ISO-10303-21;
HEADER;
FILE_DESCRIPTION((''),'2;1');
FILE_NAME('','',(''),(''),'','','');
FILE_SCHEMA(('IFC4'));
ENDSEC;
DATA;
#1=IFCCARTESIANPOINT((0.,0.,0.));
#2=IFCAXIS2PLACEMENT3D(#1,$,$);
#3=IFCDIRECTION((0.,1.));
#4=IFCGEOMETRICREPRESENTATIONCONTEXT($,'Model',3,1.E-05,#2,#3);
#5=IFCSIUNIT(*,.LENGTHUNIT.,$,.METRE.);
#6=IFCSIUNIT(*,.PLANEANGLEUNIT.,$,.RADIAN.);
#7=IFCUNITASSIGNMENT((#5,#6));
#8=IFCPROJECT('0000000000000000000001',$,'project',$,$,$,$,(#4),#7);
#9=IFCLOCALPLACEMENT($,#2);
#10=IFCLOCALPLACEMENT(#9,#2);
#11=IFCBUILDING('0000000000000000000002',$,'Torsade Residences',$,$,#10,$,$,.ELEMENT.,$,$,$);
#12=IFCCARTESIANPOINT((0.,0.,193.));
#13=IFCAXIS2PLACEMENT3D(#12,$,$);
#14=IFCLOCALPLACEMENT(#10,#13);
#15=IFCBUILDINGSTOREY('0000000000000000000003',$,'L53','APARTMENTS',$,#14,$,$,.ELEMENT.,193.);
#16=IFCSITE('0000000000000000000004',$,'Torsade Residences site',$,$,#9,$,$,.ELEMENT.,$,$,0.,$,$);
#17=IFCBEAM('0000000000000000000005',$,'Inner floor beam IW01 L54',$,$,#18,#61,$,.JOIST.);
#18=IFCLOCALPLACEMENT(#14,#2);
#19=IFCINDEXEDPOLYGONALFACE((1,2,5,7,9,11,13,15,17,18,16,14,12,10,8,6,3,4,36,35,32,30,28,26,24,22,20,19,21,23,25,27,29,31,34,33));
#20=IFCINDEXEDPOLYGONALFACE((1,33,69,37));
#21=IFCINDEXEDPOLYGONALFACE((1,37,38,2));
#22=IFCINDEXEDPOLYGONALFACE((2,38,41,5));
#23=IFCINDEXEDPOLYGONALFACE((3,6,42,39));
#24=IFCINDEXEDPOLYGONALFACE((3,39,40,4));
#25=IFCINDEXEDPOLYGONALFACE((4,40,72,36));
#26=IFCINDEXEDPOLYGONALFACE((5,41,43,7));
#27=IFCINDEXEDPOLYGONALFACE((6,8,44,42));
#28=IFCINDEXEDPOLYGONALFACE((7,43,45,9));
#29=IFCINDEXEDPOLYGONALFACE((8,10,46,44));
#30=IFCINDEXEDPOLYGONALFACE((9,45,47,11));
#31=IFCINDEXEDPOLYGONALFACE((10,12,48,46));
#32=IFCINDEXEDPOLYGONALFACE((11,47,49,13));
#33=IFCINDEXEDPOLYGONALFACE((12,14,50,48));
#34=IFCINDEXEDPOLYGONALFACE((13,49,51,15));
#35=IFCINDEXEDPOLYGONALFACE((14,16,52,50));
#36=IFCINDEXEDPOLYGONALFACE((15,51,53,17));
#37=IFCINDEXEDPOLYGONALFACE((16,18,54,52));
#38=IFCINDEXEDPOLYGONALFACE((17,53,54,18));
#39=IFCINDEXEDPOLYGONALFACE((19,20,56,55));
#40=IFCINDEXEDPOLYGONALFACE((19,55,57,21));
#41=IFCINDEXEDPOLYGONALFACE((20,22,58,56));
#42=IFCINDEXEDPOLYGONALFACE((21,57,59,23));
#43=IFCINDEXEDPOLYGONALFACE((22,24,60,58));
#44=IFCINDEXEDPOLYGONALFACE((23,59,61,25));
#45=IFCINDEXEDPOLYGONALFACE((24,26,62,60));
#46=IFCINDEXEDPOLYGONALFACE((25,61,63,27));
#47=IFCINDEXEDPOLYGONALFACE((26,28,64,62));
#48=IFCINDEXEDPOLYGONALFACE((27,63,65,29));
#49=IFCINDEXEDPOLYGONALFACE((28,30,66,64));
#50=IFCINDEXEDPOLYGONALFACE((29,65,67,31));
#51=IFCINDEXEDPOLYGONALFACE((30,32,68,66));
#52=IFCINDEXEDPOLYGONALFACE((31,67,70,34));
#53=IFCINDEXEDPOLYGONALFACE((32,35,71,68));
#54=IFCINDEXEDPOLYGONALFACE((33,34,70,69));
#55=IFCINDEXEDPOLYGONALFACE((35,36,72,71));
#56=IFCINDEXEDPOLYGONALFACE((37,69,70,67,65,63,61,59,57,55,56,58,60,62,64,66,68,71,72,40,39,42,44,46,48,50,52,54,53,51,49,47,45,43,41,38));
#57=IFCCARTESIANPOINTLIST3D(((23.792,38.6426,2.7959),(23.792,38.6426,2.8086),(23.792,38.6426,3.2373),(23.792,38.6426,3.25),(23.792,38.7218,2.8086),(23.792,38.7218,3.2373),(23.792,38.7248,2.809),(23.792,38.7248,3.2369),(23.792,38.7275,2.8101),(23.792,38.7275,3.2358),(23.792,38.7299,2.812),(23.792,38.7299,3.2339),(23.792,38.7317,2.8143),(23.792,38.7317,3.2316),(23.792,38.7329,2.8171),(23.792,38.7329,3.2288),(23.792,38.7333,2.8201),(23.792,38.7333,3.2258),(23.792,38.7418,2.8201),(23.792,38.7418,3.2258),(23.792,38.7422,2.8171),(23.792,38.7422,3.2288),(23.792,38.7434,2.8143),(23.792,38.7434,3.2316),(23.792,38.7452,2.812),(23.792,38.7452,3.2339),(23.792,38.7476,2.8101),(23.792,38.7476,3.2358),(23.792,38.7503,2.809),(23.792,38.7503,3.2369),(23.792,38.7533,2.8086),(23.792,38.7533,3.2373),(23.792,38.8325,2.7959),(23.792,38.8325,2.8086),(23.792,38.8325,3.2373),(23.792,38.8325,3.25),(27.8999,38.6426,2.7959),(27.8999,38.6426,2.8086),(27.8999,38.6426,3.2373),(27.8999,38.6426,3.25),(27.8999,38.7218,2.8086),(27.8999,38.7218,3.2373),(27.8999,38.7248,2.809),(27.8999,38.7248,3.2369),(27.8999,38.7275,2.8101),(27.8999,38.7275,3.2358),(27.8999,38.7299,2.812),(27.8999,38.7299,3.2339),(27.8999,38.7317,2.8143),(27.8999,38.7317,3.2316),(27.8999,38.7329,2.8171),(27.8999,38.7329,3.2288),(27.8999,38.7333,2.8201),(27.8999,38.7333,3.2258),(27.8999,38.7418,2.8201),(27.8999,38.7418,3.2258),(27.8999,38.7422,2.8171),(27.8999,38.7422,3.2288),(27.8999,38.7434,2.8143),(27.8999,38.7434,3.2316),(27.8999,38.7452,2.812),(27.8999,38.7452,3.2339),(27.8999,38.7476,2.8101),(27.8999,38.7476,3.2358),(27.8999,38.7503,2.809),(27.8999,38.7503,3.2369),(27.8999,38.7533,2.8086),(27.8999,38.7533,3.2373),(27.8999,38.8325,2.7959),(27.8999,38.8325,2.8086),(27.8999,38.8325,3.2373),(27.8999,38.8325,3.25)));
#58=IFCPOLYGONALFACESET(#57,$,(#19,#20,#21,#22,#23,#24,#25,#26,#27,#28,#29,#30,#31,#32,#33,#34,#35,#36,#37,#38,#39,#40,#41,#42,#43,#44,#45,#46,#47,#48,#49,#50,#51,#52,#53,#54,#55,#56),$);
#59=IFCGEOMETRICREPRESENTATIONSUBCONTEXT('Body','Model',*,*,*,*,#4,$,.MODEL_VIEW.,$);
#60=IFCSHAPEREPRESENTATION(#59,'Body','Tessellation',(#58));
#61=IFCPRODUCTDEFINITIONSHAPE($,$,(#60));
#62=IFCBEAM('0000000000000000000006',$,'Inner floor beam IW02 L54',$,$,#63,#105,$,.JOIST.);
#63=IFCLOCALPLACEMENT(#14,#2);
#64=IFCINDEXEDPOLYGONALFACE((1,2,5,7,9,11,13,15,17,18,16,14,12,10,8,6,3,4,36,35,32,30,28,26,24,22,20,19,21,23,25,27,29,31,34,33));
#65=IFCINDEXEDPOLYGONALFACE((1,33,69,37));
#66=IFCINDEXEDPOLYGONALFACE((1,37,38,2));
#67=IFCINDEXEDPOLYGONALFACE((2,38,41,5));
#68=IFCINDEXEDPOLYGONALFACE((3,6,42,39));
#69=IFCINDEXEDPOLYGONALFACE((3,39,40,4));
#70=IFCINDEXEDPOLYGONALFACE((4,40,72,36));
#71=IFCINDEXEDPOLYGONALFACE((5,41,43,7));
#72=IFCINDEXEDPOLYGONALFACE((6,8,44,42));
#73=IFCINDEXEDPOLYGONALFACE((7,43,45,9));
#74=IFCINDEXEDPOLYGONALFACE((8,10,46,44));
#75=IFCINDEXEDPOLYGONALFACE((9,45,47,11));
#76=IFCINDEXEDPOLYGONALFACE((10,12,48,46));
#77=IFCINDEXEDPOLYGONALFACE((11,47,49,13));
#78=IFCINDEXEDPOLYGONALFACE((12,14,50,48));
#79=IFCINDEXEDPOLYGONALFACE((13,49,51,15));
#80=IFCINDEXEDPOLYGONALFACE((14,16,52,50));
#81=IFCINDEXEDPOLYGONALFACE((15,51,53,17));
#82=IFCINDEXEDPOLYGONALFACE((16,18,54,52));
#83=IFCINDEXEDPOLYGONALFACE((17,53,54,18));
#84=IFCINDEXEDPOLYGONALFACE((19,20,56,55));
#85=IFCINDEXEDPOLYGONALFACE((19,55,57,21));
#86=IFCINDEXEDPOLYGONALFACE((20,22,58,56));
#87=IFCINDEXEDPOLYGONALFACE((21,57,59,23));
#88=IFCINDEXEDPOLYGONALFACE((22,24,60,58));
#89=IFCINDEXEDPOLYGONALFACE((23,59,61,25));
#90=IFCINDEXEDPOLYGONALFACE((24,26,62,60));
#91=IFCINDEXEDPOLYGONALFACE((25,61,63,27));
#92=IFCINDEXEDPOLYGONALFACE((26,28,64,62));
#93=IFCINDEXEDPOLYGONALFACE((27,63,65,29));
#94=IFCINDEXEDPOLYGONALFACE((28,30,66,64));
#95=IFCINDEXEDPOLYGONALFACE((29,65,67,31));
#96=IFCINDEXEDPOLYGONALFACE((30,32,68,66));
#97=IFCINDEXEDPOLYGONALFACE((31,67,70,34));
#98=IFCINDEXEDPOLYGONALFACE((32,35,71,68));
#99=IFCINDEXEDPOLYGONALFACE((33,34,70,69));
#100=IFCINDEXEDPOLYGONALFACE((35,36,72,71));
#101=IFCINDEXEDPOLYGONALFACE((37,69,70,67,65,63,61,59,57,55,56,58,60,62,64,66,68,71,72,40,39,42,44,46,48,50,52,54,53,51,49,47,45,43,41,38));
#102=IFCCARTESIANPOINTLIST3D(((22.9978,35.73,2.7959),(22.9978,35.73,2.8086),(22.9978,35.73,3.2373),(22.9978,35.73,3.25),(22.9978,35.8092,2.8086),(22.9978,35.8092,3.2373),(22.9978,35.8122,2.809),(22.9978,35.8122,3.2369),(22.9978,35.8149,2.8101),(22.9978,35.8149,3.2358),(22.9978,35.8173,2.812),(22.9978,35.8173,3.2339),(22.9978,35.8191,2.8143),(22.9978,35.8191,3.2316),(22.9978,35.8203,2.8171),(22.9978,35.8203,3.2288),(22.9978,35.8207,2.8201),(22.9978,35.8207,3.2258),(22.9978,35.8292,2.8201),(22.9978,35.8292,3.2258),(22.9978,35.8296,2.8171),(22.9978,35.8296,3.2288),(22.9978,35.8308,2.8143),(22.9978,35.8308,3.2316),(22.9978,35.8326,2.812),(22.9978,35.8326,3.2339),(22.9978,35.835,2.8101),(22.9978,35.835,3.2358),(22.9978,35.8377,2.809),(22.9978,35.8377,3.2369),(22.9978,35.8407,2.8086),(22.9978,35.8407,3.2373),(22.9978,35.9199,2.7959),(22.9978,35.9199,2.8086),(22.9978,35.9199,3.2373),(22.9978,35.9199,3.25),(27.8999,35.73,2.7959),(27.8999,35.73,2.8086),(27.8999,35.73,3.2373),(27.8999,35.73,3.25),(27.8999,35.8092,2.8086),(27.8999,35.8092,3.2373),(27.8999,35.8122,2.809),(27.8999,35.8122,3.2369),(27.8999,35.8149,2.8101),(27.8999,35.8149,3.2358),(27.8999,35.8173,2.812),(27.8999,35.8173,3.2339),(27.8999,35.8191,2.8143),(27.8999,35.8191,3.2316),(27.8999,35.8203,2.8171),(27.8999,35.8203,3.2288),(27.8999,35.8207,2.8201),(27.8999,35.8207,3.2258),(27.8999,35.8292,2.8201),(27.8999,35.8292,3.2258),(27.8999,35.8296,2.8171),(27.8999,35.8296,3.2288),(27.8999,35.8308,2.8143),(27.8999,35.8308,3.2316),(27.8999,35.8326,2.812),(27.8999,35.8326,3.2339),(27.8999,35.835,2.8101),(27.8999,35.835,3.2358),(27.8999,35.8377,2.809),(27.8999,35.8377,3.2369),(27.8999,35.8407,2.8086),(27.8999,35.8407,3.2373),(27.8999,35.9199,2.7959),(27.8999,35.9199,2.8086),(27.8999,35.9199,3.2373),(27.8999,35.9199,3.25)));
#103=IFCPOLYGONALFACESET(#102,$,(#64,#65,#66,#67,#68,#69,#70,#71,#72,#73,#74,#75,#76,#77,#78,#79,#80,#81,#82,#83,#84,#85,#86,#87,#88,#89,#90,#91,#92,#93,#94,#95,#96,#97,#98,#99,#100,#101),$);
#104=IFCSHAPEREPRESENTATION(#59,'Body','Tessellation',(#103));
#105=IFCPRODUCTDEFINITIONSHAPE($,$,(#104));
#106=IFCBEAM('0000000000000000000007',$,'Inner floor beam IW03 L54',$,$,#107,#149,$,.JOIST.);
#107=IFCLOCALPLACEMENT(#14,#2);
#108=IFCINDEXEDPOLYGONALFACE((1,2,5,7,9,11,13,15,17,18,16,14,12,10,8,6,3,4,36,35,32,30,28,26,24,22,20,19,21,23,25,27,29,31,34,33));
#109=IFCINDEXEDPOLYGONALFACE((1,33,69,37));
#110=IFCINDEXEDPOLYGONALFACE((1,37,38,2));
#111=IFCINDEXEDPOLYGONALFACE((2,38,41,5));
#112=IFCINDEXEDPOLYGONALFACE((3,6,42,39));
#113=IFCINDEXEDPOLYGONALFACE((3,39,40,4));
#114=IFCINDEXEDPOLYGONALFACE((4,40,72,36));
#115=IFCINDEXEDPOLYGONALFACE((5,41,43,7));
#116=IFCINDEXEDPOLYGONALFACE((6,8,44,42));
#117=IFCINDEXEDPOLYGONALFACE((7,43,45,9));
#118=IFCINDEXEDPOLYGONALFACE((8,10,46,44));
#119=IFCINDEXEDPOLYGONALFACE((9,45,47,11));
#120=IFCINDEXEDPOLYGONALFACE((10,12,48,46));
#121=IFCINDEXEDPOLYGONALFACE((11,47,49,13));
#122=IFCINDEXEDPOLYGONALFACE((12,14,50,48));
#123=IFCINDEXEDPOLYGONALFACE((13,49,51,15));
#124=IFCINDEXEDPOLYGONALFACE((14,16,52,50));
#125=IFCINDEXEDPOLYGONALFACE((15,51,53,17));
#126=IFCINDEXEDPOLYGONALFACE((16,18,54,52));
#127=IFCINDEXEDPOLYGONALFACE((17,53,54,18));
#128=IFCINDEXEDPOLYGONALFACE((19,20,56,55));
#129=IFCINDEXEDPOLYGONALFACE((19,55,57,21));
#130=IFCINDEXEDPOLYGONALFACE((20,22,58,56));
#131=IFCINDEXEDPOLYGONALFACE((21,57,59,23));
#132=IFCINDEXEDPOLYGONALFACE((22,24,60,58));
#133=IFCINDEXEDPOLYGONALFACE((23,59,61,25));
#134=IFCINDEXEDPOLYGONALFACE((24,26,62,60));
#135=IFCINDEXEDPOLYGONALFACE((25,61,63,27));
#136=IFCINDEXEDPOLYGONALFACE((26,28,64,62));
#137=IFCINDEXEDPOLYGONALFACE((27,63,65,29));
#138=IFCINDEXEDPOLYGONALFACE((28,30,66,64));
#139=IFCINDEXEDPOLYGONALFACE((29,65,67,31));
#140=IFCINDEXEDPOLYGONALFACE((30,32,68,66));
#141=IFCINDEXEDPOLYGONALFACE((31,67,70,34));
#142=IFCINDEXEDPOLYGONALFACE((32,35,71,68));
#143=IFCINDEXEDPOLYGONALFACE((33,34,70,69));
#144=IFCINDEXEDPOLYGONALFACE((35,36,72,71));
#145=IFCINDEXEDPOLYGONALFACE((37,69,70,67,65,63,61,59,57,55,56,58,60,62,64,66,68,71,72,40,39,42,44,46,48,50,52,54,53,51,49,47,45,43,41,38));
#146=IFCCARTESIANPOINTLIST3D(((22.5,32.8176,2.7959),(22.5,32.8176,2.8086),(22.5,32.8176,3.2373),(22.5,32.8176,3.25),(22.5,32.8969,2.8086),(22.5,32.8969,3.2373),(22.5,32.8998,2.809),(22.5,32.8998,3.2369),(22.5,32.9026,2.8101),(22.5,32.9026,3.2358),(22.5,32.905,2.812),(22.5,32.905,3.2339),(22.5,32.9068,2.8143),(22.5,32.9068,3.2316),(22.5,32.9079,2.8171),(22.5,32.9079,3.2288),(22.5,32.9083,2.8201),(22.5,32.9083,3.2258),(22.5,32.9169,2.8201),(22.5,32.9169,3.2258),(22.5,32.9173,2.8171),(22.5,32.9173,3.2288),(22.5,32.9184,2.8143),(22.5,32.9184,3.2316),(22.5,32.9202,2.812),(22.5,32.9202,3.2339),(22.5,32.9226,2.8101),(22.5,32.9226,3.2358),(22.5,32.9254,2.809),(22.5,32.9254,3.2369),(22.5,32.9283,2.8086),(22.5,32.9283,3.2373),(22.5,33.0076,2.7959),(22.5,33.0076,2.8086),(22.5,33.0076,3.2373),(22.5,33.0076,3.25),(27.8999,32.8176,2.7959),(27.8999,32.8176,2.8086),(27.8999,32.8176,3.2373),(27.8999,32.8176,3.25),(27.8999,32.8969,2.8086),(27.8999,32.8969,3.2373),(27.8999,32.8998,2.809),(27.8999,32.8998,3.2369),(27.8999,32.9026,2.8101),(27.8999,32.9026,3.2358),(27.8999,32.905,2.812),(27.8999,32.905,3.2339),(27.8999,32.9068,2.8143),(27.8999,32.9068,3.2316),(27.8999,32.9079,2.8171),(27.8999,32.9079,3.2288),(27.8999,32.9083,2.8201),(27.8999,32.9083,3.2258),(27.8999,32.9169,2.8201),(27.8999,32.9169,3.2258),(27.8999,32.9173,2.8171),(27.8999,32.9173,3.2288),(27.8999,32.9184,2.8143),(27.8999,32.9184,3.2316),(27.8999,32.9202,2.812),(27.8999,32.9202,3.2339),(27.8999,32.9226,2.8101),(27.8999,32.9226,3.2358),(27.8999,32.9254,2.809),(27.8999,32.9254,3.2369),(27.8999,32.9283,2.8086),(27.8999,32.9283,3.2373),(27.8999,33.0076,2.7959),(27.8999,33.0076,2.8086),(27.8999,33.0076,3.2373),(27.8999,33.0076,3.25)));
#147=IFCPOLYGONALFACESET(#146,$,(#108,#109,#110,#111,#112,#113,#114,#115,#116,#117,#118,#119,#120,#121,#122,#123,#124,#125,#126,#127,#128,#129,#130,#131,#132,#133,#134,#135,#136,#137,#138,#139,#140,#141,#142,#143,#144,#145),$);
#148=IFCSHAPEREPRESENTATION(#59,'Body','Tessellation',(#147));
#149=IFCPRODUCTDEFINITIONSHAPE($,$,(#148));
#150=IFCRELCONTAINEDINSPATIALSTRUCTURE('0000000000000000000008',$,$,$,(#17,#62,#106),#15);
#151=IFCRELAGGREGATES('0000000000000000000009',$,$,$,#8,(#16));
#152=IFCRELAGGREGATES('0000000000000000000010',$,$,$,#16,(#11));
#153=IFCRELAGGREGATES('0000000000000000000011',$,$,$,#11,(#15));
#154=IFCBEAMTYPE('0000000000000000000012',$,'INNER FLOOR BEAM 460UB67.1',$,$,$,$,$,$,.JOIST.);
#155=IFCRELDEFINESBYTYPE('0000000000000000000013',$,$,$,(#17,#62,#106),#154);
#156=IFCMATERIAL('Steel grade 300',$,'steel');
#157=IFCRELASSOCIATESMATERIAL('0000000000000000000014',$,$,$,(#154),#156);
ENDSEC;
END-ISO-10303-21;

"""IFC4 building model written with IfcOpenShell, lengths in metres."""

from ifc_helpers import new_model, si_unit, direction, frame, origin, origin_2d, place, context, subcontext, project, spatial, i_section, extrude, material, material_profile, profile_set, type_object, element, save


model = new_model("IFC4")

# Units and contexts
model_context = context("Model", 3, precision=1e-05, world=origin(), true_north=direction((0.0, 1.0)))
body_context = subcontext(model_context, "Body", "Model", "MODEL_VIEW")
ifc_project = project(units=[si_unit("LENGTHUNIT", "METRE"), si_unit("PLANEANGLEUNIT", "RADIAN")], contexts=[model_context])

# Site, building, storey
site_placement = place(None, origin())
site = spatial("IfcSite", under=ifc_project, at=site_placement, Name="Torsade Residences site", CompositionType="ELEMENT", RefElevation=0.0)
building_placement = place(site_placement, origin())
building = spatial("IfcBuilding", under=site, at=building_placement, Name="Torsade Residences", CompositionType="ELEMENT")
storey_placement = place(building_placement, frame((0.0, 0.0, 193.0)))
storey = spatial("IfcBuildingStorey", under=building, at=storey_placement, Name="L53", Description="APARTMENTS", CompositionType="ELEMENT", Elevation=193.0)

# Beams
ifc_material_1 = material(Name="Steel grade 300", Category="steel")
ifc_material_profile_1 = material_profile(ifc_material_1, i_section(OverallWidth=0.1899, OverallDepth=0.4541, WebThickness=0.0085, FlangeThickness=0.0127, FilletRadius=0.0115, at=origin_2d()), Name="460UB67.1")
ifc_profile_set_1 = profile_set([ifc_material_profile_1], Name="Steel grade 300")
beam_type = type_object("IfcBeamType", Name="INNER FLOOR BEAM 460UB67.1", PredefinedType="JOIST", material=ifc_profile_set_1)
beam_1_placement = place(storey_placement, frame((27.8999, 38.7375, 3.0229), z_axis=(-1.0, 0.0, 0.0), x_axis=(0.0, -1.0, 0.0)))
element("IfcBeam", 1, at=beam_1_placement, inside=storey, type_object=beam_type, Name="Inner floor beam IW01 L54", PredefinedType="JOIST", context=body_context, shape_type="SweptSolid", body=[
    extrude(i_section(OverallWidth=0.1899, OverallDepth=0.4541, WebThickness=0.0085, FlangeThickness=0.0127, FilletRadius=0.0115, at=origin_2d()), origin(), (0.0, 0.0, 1.0), 4.1079),
])
beam_2_placement = place(storey_placement, frame((27.8999, 35.825, 3.0229), z_axis=(-1.0, 0.0, 0.0), x_axis=(0.0, -1.0, 0.0)))
element("IfcBeam", 2, at=beam_2_placement, inside=storey, type_object=beam_type, Name="Inner floor beam IW02 L54", PredefinedType="JOIST", context=body_context, shape_type="SweptSolid", body=[
    extrude(i_section(OverallWidth=0.1899, OverallDepth=0.4541, WebThickness=0.0085, FlangeThickness=0.0127, FilletRadius=0.0115, at=origin_2d()), origin(), (0.0, 0.0, 1.0), 4.9021),
])
beam_3_placement = place(storey_placement, frame((27.8999, 32.9126, 3.0229), z_axis=(-1.0, 0.0, 0.0), x_axis=(0.0, -1.0, 0.0)))
element("IfcBeam", 3, at=beam_3_placement, inside=storey, type_object=beam_type, Name="Inner floor beam IW03 L54", PredefinedType="JOIST", context=body_context, shape_type="SweptSolid", body=[
    extrude(i_section(OverallWidth=0.1899, OverallDepth=0.4541, WebThickness=0.0085, FlangeThickness=0.0127, FilletRadius=0.0115, at=origin_2d()), origin(), (0.0, 0.0, 1.0), 5.3999),
])

save(model, "model.ifc")
